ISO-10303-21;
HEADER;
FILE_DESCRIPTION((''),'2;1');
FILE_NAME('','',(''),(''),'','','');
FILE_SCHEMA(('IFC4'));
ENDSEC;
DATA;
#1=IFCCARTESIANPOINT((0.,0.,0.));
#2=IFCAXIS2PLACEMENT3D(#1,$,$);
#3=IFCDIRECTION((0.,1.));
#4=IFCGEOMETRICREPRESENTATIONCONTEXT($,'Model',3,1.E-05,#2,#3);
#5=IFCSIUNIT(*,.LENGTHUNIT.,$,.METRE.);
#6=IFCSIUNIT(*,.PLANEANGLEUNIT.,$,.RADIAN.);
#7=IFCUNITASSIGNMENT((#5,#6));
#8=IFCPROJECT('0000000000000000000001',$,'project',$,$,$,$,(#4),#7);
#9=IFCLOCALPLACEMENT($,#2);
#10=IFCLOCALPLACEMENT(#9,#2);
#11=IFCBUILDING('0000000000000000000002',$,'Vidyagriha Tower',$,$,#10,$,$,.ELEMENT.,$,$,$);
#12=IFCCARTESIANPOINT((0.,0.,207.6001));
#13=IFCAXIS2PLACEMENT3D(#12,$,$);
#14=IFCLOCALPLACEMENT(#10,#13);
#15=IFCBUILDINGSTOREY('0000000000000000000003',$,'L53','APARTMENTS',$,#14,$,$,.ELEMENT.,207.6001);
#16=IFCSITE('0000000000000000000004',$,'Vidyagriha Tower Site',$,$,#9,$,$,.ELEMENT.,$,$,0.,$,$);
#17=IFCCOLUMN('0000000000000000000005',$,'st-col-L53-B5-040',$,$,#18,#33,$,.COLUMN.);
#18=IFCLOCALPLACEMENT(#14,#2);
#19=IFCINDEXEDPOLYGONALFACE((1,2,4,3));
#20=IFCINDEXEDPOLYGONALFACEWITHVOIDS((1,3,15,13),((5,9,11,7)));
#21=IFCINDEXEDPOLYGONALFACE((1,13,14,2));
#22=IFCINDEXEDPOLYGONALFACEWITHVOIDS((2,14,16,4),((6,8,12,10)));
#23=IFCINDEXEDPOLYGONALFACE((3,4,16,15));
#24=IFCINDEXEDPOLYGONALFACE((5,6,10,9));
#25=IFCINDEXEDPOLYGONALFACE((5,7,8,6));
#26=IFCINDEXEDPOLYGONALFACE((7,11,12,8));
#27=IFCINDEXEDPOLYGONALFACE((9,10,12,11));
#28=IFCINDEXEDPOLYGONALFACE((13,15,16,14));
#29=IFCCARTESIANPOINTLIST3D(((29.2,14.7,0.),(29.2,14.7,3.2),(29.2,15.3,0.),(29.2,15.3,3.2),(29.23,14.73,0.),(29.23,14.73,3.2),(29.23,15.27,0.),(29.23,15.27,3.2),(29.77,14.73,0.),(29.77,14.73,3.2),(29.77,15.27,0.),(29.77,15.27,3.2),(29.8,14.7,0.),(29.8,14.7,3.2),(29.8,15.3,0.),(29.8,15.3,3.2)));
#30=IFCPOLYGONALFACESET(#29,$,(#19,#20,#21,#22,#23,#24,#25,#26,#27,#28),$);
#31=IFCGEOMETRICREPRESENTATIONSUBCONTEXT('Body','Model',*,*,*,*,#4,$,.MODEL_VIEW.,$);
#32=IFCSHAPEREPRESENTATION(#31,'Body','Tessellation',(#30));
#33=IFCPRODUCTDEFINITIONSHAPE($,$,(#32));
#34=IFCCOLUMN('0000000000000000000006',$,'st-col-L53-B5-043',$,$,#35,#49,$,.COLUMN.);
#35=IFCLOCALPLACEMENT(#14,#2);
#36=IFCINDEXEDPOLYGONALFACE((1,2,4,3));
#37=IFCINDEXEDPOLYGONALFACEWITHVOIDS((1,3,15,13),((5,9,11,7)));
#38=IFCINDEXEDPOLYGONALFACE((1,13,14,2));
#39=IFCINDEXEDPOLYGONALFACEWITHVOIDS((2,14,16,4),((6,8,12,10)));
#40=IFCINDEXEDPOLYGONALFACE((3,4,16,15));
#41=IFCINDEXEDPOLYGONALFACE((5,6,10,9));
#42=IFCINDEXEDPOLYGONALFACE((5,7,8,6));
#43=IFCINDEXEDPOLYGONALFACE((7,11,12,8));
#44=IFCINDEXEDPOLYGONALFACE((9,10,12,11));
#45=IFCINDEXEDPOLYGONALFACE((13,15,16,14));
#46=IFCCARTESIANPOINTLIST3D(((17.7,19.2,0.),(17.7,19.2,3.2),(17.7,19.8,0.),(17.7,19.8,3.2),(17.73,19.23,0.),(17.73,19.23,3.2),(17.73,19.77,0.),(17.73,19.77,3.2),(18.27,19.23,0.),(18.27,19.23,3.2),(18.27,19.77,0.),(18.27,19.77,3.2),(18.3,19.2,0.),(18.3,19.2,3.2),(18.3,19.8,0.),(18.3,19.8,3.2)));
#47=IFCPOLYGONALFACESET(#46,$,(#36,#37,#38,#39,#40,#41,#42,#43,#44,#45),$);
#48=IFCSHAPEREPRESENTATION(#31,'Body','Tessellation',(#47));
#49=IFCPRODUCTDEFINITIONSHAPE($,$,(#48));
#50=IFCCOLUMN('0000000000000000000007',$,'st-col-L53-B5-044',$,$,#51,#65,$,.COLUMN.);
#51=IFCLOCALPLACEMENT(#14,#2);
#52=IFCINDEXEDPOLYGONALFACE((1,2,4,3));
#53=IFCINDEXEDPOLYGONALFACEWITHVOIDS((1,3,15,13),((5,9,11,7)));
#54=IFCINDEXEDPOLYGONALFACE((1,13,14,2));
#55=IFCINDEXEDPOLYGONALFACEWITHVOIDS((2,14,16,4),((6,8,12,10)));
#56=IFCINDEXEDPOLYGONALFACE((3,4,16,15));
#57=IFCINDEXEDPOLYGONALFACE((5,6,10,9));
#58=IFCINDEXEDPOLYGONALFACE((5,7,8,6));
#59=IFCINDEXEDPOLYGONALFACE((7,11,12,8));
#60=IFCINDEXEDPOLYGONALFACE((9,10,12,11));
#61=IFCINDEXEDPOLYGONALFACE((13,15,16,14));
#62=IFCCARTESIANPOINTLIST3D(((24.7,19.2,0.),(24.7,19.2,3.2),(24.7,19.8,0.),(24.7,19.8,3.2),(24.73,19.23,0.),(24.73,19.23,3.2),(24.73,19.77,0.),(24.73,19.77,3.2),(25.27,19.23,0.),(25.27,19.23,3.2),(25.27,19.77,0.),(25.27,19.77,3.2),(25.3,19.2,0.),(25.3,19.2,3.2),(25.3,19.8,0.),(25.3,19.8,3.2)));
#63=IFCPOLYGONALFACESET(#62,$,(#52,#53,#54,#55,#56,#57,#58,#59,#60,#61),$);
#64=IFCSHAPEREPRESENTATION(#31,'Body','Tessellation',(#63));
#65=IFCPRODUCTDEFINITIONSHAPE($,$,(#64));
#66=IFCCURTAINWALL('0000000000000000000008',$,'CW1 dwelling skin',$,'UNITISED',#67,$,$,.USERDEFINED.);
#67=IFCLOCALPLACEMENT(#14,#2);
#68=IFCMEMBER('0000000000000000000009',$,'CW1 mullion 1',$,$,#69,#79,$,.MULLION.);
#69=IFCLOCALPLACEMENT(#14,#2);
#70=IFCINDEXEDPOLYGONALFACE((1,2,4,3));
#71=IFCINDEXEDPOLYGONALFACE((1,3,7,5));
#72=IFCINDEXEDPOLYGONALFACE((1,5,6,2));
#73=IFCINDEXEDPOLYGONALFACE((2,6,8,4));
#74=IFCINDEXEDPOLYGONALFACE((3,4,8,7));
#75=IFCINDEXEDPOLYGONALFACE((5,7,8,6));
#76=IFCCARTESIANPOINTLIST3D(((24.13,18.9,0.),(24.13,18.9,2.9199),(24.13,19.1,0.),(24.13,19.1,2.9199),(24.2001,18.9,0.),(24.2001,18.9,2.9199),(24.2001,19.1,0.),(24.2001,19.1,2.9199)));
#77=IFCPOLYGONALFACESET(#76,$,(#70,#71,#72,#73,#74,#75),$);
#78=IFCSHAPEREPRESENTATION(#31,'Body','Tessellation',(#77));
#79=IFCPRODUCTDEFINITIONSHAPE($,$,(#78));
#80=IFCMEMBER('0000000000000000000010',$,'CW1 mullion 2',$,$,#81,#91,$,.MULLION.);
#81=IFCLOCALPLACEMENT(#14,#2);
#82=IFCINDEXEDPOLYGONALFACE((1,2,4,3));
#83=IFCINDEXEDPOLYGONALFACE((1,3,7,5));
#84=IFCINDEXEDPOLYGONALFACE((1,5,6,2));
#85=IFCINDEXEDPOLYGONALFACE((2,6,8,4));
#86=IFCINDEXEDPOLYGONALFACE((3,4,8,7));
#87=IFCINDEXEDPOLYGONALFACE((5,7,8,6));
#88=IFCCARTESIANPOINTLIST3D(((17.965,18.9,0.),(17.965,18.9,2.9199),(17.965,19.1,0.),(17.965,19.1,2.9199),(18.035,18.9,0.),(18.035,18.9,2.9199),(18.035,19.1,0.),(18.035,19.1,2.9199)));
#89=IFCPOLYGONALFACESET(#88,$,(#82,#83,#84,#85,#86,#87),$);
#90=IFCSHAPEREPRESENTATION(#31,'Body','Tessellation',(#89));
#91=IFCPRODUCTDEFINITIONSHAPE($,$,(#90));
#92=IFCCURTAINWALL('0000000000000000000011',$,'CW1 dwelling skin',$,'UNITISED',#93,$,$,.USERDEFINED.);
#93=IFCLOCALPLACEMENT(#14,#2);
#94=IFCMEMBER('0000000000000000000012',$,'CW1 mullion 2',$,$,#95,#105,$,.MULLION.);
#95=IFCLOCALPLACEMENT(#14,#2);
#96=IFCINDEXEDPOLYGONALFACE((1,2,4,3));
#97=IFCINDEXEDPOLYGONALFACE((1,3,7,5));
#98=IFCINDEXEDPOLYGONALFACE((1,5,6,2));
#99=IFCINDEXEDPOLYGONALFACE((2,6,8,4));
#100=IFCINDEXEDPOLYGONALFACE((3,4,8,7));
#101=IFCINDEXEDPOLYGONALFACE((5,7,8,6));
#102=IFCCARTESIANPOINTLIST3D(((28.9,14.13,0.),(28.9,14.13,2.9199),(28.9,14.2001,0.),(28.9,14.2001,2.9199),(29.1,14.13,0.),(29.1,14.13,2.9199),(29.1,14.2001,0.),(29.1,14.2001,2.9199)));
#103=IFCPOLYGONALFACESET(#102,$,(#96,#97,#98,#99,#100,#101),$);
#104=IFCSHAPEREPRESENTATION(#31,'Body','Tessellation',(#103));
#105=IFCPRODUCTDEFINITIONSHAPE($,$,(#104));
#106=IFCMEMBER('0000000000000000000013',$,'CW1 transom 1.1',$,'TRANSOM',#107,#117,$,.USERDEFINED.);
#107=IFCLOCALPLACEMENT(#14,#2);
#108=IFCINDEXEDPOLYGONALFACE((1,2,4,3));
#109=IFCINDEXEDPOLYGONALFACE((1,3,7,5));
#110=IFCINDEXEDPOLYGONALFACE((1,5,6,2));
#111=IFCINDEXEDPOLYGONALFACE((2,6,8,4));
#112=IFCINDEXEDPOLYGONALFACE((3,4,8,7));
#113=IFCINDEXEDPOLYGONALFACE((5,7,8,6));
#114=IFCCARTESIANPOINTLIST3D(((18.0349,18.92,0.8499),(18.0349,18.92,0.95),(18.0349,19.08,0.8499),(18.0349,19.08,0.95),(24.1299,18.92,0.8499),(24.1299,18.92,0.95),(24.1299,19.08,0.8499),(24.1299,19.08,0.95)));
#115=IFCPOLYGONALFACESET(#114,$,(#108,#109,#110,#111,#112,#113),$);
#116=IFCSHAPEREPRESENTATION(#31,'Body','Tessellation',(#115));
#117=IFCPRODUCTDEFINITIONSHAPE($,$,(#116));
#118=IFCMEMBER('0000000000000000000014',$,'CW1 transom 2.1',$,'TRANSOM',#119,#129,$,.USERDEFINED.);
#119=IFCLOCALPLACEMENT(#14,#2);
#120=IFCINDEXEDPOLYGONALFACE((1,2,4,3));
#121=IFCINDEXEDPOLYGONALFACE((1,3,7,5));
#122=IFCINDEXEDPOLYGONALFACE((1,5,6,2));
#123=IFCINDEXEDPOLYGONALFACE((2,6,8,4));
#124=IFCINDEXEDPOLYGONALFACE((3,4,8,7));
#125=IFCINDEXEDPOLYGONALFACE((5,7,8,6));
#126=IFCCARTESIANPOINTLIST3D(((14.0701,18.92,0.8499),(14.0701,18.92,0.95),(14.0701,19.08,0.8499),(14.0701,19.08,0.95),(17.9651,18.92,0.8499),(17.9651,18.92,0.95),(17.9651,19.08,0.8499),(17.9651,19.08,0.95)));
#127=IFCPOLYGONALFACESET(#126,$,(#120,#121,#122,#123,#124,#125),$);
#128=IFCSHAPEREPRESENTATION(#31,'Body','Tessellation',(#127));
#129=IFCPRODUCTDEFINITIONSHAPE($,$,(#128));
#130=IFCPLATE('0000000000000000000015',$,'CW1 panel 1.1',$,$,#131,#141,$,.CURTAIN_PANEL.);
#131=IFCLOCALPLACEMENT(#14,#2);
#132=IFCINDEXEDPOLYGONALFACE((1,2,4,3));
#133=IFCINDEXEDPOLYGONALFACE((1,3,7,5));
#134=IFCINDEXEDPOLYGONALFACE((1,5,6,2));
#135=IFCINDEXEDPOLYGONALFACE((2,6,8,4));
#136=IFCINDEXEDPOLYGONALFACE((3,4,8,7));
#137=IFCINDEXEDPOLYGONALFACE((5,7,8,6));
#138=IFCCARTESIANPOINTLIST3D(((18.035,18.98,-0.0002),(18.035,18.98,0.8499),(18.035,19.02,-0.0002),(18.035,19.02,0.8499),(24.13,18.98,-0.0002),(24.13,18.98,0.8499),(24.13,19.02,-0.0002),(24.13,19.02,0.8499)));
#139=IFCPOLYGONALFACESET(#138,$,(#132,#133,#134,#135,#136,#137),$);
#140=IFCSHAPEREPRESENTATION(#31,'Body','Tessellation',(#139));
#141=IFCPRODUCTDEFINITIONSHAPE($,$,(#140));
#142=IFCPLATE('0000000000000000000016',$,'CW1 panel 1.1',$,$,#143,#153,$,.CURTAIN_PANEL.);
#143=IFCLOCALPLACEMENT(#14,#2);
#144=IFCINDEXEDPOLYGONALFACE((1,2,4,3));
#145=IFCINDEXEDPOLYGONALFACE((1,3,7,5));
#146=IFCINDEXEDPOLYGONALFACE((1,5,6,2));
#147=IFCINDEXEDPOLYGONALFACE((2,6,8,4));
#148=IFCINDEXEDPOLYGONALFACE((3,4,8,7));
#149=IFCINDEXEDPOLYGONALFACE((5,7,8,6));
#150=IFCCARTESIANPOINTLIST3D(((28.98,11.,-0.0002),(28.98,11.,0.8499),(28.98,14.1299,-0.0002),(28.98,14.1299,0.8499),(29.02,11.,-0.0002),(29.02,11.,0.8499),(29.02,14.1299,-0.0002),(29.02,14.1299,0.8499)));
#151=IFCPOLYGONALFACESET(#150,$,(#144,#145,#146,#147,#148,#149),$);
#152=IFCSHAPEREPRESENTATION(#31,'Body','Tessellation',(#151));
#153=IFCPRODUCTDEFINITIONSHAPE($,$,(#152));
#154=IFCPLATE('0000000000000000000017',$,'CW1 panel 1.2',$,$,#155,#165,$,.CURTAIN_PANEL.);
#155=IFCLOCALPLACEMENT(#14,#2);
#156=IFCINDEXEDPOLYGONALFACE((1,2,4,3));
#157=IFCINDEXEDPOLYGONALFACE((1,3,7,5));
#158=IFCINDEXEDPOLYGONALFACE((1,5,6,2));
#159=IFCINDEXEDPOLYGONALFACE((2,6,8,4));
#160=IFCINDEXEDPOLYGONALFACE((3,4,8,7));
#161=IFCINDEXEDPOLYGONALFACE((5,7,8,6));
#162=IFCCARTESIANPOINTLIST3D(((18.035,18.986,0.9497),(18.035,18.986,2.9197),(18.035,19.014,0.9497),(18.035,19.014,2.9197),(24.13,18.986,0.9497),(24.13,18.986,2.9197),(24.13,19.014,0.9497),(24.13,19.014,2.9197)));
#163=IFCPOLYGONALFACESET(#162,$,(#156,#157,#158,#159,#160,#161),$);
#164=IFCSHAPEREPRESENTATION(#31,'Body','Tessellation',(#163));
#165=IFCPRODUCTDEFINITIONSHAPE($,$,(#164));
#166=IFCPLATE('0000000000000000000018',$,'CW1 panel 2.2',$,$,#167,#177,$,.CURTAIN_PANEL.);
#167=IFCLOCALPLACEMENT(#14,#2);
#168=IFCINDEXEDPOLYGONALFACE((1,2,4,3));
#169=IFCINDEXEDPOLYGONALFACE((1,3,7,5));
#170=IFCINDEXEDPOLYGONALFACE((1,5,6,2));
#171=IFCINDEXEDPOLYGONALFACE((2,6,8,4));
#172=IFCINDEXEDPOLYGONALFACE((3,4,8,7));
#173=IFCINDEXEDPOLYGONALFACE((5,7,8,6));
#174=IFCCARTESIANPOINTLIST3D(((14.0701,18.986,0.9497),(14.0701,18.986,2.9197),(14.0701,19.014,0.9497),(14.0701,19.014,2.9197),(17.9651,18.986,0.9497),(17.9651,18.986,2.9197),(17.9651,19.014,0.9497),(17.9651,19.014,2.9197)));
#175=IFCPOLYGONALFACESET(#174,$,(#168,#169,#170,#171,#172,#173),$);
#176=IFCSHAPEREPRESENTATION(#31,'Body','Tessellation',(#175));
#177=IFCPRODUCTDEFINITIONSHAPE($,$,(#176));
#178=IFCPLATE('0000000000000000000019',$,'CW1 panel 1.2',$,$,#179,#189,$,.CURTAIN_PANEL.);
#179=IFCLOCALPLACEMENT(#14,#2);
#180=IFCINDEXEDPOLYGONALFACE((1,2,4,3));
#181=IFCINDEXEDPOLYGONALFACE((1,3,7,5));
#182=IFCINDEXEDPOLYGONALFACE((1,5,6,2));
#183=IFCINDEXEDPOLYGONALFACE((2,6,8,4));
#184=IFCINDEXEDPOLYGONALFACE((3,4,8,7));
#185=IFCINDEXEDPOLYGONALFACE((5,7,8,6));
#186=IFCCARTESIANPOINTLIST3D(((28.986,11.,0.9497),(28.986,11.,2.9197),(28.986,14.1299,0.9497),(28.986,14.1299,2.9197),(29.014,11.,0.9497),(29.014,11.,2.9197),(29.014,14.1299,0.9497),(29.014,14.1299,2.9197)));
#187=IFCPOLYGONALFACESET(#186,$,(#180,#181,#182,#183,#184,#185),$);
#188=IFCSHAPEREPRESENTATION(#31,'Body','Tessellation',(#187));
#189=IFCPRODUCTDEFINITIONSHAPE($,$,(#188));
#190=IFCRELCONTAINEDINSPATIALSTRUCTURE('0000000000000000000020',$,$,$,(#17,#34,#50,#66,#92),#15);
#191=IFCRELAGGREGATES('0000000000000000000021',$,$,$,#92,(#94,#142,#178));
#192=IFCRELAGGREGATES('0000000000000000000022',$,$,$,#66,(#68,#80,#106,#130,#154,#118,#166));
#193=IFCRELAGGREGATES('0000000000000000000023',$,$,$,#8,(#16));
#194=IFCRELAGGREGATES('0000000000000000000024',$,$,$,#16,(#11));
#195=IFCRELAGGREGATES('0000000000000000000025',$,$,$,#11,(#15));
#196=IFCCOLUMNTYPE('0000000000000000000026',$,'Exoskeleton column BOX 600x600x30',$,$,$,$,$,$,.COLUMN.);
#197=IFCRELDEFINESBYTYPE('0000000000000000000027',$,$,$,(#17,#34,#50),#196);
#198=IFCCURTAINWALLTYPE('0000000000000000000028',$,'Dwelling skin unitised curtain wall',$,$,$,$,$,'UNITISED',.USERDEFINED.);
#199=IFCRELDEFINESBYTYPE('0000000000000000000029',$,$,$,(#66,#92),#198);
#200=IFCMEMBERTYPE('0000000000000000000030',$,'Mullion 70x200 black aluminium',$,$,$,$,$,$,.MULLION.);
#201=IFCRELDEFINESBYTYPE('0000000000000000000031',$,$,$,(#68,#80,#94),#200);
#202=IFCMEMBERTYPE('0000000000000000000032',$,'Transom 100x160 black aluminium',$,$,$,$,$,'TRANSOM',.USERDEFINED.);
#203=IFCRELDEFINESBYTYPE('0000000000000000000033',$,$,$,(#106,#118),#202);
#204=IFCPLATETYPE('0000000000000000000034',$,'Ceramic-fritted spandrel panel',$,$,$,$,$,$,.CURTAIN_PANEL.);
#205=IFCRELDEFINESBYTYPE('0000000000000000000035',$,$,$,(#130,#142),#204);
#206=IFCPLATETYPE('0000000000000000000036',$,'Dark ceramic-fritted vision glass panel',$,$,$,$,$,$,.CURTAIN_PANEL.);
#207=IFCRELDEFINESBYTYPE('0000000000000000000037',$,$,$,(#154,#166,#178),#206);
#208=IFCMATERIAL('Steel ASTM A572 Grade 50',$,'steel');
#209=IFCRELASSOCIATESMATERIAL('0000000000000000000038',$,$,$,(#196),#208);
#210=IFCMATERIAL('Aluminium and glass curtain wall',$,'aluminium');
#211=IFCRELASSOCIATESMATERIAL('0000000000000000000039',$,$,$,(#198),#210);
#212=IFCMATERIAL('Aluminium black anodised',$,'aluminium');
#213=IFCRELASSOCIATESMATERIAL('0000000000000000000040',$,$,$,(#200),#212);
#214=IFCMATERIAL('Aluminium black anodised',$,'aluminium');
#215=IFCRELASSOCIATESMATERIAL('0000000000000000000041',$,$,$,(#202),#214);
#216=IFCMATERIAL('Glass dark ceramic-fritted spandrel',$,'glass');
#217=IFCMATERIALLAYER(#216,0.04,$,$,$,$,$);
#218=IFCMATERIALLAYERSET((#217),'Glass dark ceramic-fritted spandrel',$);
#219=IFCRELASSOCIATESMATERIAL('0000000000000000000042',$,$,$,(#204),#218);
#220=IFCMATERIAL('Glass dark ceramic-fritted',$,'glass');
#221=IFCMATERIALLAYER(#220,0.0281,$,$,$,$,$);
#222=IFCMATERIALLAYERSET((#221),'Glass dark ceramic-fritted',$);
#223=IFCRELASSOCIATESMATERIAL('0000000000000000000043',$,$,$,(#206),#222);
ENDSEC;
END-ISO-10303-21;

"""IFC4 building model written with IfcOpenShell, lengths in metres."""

from ifc_helpers import new_model, si_unit, direction, frame, origin, origin_2d, place, context, subcontext, project, spatial, rectangle, hollow_rectangle, extrude, material, layer, layer_set, material_profile, profile_set, type_object, element, aggregate, save


model = new_model("IFC4")

# Units and contexts
model_context = context("Model", 3, precision=1e-05, world=origin(), true_north=direction((0.0, 1.0)))
body_context = subcontext(model_context, "Body", "Model", "MODEL_VIEW")
ifc_project = project(units=[si_unit("LENGTHUNIT", "METRE"), si_unit("PLANEANGLEUNIT", "RADIAN")], contexts=[model_context])

# Site, building, storey
site_placement = place(None, origin())
site = spatial("IfcSite", under=ifc_project, at=site_placement, Name="Vidyagriha Tower Site", CompositionType="ELEMENT", RefElevation=0.0)
building_placement = place(site_placement, origin())
building = spatial("IfcBuilding", under=site, at=building_placement, Name="Vidyagriha Tower", CompositionType="ELEMENT")
storey_placement = place(building_placement, frame((0.0, 0.0, 207.6001)))
storey = spatial("IfcBuildingStorey", under=building, at=storey_placement, Name="L53", Description="APARTMENTS", CompositionType="ELEMENT", Elevation=207.6001)

# Columns
ifc_material_1 = material(Name="Steel ASTM A572 Grade 50", Category="steel")
ifc_material_profile_1 = material_profile(ifc_material_1, hollow_rectangle(XDim=0.6001, YDim=0.6001, WallThickness=0.03, at=origin_2d()), Name="BOX 600x600x30")
ifc_profile_set_1 = profile_set([ifc_material_profile_1], Name="Steel ASTM A572 Grade 50")
column_type = type_object("IfcColumnType", Name="Exoskeleton column BOX 600x600x30", PredefinedType="COLUMN", material=ifc_profile_set_1)
for number, where, name in (
    (1, (29.5, 15.0, 0.0), "st-col-L53-B5-040"),
    (2, (18.0, 19.5, 0.0), "st-col-L53-B5-043"),
    (3, (25.0, 19.5, 0.0), "st-col-L53-B5-044"),
):
    element("IfcColumn", number, at=place(storey_placement, frame(where)), inside=storey, type_object=column_type, Name=name, PredefinedType="COLUMN", context=body_context, shape_type="SweptSolid", body=[
        extrude(hollow_rectangle(XDim=0.6001, YDim=0.6001, WallThickness=0.03, at=origin_2d()), origin(), (0.0, 0.0, 1.0), 3.2),
    ])

# Curtain wall, members
ifc_material_2 = material(Name="Aluminium and glass curtain wall", Category="aluminium")
curtain_wall_type = type_object("IfcCurtainWallType", Name="Dwelling skin unitised curtain wall", ElementType="UNITISED", PredefinedType="USERDEFINED", material=ifc_material_2)
curtain_wall_1_placement = place(storey_placement, origin())
curtain_wall_1 = element("IfcCurtainWall", 4, at=curtain_wall_1_placement, inside=storey, type_object=curtain_wall_type, Name="CW1 dwelling skin", ObjectType="UNITISED", PredefinedType="USERDEFINED")
ifc_material_3 = material(Name="Aluminium black anodised", Category="aluminium")
ifc_material_profile_2 = material_profile(ifc_material_3, rectangle(XDim=0.2, YDim=0.0701, at=origin_2d()), Name="Mullion 70x200 black aluminium")
ifc_profile_set_2 = profile_set([ifc_material_profile_2], Name="Aluminium black anodised")
member_type_1 = type_object("IfcMemberType", Name="Mullion 70x200 black aluminium", PredefinedType="MULLION", material=ifc_profile_set_2)
member_1_placement = place(storey_placement, frame((24.165, 19.0, 0.0), z_axis=(0.0, 0.0, 1.0), x_axis=(0.0, -1.0, 0.0)))
member_1 = element("IfcMember", 5, at=member_1_placement, type_object=member_type_1, Name="CW1 mullion 1", PredefinedType="MULLION", context=body_context, shape_type="SweptSolid", body=[
    extrude(rectangle(XDim=0.2, YDim=0.0701, at=origin_2d()), origin(), (0.0, 0.0, 1.0), 2.9199),
])
member_2_placement = place(storey_placement, frame((18.0, 19.0, 0.0), z_axis=(0.0, 0.0, 1.0), x_axis=(0.0, -1.0, 0.0)))
member_2 = element("IfcMember", 6, at=member_2_placement, type_object=member_type_1, Name="CW1 mullion 2", PredefinedType="MULLION", context=body_context, shape_type="SweptSolid", body=[
    extrude(rectangle(XDim=0.2, YDim=0.0701, at=origin_2d()), origin(), (0.0, 0.0, 1.0), 2.9199),
])

# Curtain wall, member
curtain_wall_2_placement = place(storey_placement, origin())
curtain_wall_2 = element("IfcCurtainWall", 7, at=curtain_wall_2_placement, inside=storey, type_object=curtain_wall_type, Name="CW1 dwelling skin", ObjectType="UNITISED", PredefinedType="USERDEFINED")
member_3_placement = place(storey_placement, frame((29.0, 14.165, 0.0), z_axis=(0.0, 0.0, 1.0), x_axis=(-1.0, 0.0, 0.0)))
member_3 = element("IfcMember", 8, at=member_3_placement, type_object=member_type_1, Name="CW1 mullion 2", PredefinedType="MULLION", context=body_context, shape_type="SweptSolid", body=[
    extrude(rectangle(XDim=0.2, YDim=0.0701, at=origin_2d()), origin(), (0.0, 0.0, 1.0), 2.9199),
])

# Members
ifc_material_4 = material(Name="Aluminium black anodised", Category="aluminium")
ifc_material_profile_3 = material_profile(ifc_material_4, rectangle(XDim=0.1599, YDim=0.1001, at=origin_2d()), Name="Transom 100x160 black aluminium")
ifc_profile_set_3 = profile_set([ifc_material_profile_3], Name="Aluminium black anodised")
member_type_2 = type_object("IfcMemberType", Name="Transom 100x160 black aluminium", ElementType="TRANSOM", PredefinedType="USERDEFINED", material=ifc_profile_set_3)
member_4_placement = place(storey_placement, frame((24.1299, 19.0, 0.8999), z_axis=(-1.0, 0.0, 0.0), x_axis=(0.0, -1.0, 0.0)))
member_4 = element("IfcMember", 9, at=member_4_placement, type_object=member_type_2, Name="CW1 transom 1.1", ObjectType="TRANSOM", PredefinedType="USERDEFINED", context=body_context, shape_type="SweptSolid", body=[
    extrude(rectangle(XDim=0.1599, YDim=0.1001, at=origin_2d()), origin(), (0.0, 0.0, 1.0), 6.095),
])
member_5_placement = place(storey_placement, frame((17.9651, 19.0, 0.8999), z_axis=(-1.0, 0.0, 0.0), x_axis=(0.0, -1.0, 0.0)))
member_5 = element("IfcMember", 10, at=member_5_placement, type_object=member_type_2, Name="CW1 transom 2.1", ObjectType="TRANSOM", PredefinedType="USERDEFINED", context=body_context, shape_type="SweptSolid", body=[
    extrude(rectangle(XDim=0.1599, YDim=0.1001, at=origin_2d()), origin(), (0.0, 0.0, 1.0), 3.895),
])

# Plates
ifc_material_5 = material(Name="Glass dark ceramic-fritted spandrel", Category="glass")
ifc_layer_1 = layer(ifc_material_5, 0.04)
ifc_layer_set_1 = layer_set([ifc_layer_1], Name="Glass dark ceramic-fritted spandrel")
plate_type_1 = type_object("IfcPlateType", Name="Ceramic-fritted spandrel panel", PredefinedType="CURTAIN_PANEL", material=ifc_layer_set_1)
plate_1_placement = place(storey_placement, frame((21.0825, 19.0, -0.0002), z_axis=(0.0, 0.0, 1.0), x_axis=(-1.0, 0.0, 0.0)))
plate_1 = element("IfcPlate", 11, at=plate_1_placement, type_object=plate_type_1, Name="CW1 panel 1.1", PredefinedType="CURTAIN_PANEL", context=body_context, shape_type="SweptSolid", body=[
    extrude(rectangle(XDim=6.095, YDim=0.04, at=origin_2d()), origin(), (0.0, 0.0, 1.0), 0.8501),
])
plate_2_placement = place(storey_placement, frame((29.0, 12.5649, -0.0002), z_axis=(0.0, 0.0, 1.0), x_axis=(0.0, 1.0, 0.0)))
plate_2 = element("IfcPlate", 12, at=plate_2_placement, type_object=plate_type_1, Name="CW1 panel 1.1", PredefinedType="CURTAIN_PANEL", context=body_context, shape_type="SweptSolid", body=[
    extrude(rectangle(XDim=3.1299, YDim=0.04, at=origin_2d()), origin(), (0.0, 0.0, 1.0), 0.8501),
])
ifc_material_6 = material(Name="Glass dark ceramic-fritted", Category="glass")
ifc_layer_2 = layer(ifc_material_6, 0.0281)
ifc_layer_set_2 = layer_set([ifc_layer_2], Name="Glass dark ceramic-fritted")
plate_type_2 = type_object("IfcPlateType", Name="Dark ceramic-fritted vision glass panel", PredefinedType="CURTAIN_PANEL", material=ifc_layer_set_2)
plate_3_placement = place(storey_placement, frame((21.0825, 19.0, 0.9497), z_axis=(0.0, 0.0, 1.0), x_axis=(-1.0, 0.0, 0.0)))
plate_3 = element("IfcPlate", 13, at=plate_3_placement, type_object=plate_type_2, Name="CW1 panel 1.2", PredefinedType="CURTAIN_PANEL", context=body_context, shape_type="SweptSolid", body=[
    extrude(rectangle(XDim=6.095, YDim=0.0281, at=origin_2d()), origin(), (0.0, 0.0, 1.0), 1.97),
])
plate_4_placement = place(storey_placement, frame((16.0176, 19.0, 0.9497), z_axis=(0.0, 0.0, 1.0), x_axis=(-1.0, 0.0, 0.0)))
plate_4 = element("IfcPlate", 14, at=plate_4_placement, type_object=plate_type_2, Name="CW1 panel 2.2", PredefinedType="CURTAIN_PANEL", context=body_context, shape_type="SweptSolid", body=[
    extrude(rectangle(XDim=3.895, YDim=0.0281, at=origin_2d()), origin(), (0.0, 0.0, 1.0), 1.97),
])
plate_5_placement = place(storey_placement, frame((29.0, 12.5649, 0.9497), z_axis=(0.0, 0.0, 1.0), x_axis=(0.0, 1.0, 0.0)))
plate_5 = element("IfcPlate", 15, at=plate_5_placement, type_object=plate_type_2, Name="CW1 panel 1.2", PredefinedType="CURTAIN_PANEL", context=body_context, shape_type="SweptSolid", body=[
    extrude(rectangle(XDim=3.1299, YDim=0.0281, at=origin_2d()), origin(), (0.0, 0.0, 1.0), 1.97),
])
aggregate(curtain_wall_2, [member_3, plate_2, plate_5])
aggregate(curtain_wall_1, [member_1, member_2, member_4, plate_1, plate_3, member_5, plate_4])

save(model, "model.ifc")
